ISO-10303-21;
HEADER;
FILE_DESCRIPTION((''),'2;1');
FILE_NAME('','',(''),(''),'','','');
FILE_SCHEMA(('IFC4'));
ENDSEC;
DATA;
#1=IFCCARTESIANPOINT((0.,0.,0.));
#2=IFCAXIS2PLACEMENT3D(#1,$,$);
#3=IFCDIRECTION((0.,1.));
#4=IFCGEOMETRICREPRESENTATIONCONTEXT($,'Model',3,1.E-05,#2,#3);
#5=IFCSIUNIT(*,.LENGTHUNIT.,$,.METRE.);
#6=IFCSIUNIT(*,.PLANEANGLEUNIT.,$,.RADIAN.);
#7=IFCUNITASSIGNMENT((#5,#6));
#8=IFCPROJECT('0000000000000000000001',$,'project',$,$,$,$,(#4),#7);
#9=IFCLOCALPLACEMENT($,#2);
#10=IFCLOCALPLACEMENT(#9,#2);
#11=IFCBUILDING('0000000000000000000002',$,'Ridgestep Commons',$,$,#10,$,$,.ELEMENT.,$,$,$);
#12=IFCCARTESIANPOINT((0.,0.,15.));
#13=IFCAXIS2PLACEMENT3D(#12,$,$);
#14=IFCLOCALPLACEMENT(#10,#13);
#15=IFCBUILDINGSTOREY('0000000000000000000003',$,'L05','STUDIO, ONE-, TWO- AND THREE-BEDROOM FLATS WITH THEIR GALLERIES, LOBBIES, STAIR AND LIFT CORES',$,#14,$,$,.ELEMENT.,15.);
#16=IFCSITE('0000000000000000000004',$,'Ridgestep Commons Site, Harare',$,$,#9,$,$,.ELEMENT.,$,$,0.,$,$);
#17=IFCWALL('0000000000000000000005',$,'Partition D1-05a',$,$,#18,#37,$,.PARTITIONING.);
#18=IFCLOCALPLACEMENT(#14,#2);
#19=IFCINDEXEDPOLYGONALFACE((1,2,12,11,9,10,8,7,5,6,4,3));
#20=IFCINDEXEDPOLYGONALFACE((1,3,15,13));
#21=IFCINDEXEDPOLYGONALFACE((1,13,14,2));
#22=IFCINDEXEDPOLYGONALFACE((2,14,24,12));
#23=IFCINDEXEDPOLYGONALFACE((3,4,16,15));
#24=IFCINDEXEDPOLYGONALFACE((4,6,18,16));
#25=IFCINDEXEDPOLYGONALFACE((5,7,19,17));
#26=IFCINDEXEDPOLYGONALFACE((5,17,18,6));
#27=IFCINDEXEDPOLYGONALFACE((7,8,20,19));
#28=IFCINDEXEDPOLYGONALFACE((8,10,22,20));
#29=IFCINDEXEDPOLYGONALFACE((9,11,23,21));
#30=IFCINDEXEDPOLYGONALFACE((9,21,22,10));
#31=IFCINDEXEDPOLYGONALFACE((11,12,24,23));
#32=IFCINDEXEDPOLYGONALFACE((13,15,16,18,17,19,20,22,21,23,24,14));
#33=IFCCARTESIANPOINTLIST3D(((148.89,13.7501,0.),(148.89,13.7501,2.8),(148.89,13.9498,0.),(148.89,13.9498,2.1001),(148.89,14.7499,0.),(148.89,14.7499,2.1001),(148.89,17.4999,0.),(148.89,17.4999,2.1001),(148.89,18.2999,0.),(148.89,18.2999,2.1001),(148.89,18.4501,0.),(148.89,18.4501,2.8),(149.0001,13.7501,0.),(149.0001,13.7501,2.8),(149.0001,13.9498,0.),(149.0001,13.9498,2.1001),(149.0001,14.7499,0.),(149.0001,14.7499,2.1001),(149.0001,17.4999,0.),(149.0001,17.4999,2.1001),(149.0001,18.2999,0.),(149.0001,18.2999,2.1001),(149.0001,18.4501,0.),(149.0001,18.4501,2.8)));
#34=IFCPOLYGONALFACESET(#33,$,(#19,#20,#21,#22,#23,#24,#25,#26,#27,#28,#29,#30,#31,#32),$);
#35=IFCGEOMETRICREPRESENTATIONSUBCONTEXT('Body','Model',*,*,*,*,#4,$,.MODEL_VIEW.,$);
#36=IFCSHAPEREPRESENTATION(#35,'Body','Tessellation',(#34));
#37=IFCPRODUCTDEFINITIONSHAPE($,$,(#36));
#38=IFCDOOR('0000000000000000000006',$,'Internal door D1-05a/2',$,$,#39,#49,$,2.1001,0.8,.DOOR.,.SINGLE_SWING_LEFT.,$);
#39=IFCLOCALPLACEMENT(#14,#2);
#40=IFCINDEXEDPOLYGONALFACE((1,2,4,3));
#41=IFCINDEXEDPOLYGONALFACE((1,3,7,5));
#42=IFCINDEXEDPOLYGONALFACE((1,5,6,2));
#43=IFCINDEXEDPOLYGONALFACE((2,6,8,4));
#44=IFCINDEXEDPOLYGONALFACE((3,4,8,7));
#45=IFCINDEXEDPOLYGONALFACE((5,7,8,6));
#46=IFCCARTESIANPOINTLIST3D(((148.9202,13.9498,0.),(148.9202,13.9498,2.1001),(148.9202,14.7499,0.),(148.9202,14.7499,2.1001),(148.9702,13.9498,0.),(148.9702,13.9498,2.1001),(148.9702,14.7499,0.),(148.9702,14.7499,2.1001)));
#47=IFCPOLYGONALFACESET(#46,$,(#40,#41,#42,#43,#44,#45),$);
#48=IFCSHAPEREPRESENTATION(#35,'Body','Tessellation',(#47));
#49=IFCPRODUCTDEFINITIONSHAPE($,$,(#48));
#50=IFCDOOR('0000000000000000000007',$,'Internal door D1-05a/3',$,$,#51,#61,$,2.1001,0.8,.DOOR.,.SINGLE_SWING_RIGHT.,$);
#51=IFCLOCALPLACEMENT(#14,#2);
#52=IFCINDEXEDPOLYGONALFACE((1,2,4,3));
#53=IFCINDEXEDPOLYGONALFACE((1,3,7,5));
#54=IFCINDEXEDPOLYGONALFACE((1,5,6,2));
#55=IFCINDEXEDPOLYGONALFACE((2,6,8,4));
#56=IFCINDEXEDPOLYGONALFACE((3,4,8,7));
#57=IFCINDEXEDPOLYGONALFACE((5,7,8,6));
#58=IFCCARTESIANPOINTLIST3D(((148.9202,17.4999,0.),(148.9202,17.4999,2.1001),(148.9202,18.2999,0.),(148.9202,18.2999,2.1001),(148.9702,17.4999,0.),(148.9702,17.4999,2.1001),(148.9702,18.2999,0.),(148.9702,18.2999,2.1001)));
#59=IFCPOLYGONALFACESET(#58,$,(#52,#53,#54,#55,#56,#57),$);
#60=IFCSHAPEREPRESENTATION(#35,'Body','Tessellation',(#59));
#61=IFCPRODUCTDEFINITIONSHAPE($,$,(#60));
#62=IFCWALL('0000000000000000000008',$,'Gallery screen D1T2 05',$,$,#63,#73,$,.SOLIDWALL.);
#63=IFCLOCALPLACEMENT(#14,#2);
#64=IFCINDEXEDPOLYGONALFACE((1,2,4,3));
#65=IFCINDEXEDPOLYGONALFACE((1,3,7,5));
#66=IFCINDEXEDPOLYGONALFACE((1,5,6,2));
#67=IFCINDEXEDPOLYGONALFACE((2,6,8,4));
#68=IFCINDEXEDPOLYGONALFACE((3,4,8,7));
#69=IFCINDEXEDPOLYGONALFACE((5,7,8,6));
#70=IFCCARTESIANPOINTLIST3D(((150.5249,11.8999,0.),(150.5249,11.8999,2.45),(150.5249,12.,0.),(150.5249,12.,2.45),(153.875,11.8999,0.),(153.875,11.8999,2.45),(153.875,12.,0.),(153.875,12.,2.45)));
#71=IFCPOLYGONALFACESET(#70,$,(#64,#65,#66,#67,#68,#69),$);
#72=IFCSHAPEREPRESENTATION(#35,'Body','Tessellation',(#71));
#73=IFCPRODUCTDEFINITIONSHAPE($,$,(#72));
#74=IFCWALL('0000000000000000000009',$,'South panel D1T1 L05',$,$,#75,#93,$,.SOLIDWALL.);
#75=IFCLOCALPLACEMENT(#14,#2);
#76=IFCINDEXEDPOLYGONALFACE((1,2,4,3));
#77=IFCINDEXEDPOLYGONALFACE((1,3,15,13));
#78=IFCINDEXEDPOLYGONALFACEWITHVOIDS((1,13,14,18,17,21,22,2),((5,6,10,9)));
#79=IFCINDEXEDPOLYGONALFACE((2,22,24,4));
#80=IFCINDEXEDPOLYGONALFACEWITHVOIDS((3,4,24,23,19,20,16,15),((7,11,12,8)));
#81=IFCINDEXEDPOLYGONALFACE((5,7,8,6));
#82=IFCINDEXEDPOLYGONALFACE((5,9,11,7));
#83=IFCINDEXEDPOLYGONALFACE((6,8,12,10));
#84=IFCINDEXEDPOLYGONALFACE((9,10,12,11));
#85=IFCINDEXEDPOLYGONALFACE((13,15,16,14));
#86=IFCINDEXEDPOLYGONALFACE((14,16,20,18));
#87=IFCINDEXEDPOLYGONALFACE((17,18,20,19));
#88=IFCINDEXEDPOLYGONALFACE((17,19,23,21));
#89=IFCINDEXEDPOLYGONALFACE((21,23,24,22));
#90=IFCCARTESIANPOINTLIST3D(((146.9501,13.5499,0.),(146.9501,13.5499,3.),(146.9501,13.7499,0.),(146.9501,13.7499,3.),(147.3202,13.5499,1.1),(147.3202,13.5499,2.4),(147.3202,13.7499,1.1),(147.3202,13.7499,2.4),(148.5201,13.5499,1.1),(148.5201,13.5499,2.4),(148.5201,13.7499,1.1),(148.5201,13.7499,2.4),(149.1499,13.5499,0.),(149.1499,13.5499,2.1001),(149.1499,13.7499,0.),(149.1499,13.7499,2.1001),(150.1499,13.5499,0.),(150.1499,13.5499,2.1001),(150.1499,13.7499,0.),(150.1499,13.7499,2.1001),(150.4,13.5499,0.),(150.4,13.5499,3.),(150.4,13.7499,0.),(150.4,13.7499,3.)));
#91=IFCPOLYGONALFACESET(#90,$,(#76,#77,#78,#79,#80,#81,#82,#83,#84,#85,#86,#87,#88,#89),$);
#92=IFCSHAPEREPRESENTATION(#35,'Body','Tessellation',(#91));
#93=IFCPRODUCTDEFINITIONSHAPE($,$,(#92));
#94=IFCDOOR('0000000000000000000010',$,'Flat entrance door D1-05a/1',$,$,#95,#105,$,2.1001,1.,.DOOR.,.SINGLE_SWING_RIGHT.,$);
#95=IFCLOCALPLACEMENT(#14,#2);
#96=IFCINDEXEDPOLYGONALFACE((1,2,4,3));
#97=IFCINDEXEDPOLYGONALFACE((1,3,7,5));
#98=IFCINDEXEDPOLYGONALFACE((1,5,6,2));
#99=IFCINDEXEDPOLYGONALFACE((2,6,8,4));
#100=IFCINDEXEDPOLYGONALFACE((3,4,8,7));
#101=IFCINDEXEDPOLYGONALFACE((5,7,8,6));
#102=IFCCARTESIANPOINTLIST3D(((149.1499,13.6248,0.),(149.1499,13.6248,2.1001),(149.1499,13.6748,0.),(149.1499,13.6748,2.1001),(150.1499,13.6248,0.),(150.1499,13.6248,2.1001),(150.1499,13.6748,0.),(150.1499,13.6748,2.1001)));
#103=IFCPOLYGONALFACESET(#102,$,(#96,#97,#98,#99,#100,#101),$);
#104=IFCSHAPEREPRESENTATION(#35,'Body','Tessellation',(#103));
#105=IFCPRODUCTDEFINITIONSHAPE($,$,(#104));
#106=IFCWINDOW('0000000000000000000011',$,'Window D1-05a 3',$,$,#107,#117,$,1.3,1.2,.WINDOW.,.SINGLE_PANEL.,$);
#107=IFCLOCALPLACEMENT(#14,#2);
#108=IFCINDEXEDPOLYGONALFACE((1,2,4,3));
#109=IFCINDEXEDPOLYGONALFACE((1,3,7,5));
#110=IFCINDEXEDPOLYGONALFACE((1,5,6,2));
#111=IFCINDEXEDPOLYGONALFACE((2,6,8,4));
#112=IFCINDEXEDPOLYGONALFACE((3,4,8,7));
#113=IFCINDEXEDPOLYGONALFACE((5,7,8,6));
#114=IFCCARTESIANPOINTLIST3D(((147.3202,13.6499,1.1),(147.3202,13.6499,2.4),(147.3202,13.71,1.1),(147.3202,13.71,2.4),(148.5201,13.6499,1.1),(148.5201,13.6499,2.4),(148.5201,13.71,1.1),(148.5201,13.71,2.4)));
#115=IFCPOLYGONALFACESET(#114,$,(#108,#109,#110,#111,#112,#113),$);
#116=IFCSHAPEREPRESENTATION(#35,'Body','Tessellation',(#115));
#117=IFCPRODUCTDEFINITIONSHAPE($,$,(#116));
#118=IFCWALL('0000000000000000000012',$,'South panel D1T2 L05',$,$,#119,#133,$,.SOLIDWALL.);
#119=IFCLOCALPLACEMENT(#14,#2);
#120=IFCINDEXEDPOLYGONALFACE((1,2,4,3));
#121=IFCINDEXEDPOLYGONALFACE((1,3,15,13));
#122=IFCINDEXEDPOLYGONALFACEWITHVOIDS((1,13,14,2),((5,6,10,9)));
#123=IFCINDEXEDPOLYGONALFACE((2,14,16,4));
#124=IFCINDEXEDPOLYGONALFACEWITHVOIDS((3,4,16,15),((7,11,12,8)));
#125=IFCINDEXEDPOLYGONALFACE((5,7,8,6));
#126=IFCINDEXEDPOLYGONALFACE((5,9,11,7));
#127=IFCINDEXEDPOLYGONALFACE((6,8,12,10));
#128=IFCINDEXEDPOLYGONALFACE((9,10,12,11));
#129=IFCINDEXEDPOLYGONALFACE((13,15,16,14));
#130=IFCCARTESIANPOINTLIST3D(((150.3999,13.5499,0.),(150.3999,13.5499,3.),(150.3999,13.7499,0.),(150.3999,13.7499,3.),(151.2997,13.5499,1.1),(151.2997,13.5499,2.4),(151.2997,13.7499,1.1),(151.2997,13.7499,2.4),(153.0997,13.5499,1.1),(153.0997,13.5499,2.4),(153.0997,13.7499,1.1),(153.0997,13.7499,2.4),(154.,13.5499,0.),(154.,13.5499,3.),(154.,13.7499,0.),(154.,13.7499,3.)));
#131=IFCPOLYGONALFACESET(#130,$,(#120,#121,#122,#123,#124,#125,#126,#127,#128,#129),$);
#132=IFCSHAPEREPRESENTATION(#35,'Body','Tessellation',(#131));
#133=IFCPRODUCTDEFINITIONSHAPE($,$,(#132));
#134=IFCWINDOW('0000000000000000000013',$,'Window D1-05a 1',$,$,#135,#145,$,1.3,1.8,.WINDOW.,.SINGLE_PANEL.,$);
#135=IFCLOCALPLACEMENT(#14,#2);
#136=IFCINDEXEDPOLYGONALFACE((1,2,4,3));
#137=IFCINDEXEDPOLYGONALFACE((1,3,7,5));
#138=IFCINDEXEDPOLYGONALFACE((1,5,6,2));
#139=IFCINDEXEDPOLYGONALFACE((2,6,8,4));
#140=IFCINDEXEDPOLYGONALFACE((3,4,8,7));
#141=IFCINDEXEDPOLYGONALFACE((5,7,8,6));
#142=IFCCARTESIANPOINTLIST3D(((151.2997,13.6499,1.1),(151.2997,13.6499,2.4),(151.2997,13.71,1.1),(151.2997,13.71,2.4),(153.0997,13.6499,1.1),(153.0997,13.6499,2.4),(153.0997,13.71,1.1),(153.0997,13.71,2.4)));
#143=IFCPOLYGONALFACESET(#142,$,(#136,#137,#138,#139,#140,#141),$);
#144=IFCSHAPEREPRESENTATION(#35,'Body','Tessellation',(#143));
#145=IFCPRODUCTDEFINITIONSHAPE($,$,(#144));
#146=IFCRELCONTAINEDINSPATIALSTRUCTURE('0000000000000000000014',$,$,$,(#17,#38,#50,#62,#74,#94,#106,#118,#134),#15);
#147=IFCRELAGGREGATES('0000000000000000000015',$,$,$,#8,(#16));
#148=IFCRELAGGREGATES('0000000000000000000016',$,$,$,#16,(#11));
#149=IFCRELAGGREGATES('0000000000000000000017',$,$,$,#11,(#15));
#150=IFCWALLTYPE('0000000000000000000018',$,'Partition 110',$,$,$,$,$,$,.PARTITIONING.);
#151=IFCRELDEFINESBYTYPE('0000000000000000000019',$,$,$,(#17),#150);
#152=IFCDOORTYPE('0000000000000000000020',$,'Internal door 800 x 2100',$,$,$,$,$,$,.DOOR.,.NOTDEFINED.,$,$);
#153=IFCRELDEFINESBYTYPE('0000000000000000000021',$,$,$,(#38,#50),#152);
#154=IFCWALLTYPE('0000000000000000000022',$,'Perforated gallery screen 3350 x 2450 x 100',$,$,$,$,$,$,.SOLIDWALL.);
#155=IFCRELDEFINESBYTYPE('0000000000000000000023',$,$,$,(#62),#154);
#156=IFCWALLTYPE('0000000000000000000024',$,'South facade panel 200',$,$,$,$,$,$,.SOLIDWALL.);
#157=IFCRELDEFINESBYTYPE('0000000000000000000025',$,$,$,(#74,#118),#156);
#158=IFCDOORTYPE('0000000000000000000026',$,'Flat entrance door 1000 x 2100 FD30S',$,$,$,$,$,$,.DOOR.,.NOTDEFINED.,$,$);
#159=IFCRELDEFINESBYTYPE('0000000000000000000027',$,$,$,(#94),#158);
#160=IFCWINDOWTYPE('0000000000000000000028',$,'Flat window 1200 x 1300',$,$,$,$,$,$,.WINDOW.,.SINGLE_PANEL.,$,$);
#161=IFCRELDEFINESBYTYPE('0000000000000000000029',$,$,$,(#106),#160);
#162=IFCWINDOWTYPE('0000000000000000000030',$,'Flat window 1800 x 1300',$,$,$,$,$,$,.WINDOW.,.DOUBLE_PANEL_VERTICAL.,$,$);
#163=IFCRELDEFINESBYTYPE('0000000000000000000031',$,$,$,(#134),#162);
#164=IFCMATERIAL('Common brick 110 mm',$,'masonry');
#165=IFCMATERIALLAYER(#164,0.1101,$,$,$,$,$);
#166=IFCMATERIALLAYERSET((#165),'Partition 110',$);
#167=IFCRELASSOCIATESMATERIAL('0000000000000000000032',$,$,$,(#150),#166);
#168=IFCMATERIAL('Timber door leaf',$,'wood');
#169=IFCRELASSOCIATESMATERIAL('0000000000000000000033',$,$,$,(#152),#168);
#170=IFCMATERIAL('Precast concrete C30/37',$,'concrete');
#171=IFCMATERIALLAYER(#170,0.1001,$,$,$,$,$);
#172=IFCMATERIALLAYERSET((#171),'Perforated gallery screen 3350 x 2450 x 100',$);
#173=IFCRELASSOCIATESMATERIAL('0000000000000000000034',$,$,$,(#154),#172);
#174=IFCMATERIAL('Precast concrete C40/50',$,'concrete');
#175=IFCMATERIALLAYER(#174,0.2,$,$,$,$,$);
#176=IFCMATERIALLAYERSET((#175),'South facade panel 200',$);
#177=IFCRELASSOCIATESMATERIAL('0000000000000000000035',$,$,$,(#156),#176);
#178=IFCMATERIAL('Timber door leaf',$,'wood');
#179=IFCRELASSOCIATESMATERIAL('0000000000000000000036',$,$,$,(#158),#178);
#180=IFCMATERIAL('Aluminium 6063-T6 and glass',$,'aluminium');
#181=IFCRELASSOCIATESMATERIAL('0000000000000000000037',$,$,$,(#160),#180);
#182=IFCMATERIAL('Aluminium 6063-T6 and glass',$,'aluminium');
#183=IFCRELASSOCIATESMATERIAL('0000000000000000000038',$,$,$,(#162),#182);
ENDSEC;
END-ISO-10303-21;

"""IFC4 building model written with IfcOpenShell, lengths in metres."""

from ifc_helpers import new_model, si_unit, direction, frame, frame_2d, origin, place, context, subcontext, project, spatial, rectangle, extrude, material, layer, layer_set, type_object, element, fill, save


model = new_model("IFC4")

# Units and contexts
model_context = context("Model", 3, precision=1e-05, world=origin(), true_north=direction((0.0, 1.0)))
body_context = subcontext(model_context, "Body", "Model", "MODEL_VIEW")
ifc_project = project(units=[si_unit("LENGTHUNIT", "METRE"), si_unit("PLANEANGLEUNIT", "RADIAN")], contexts=[model_context])

# Site, building, storey
site_placement = place(None, origin())
site = spatial("IfcSite", under=ifc_project, at=site_placement, Name="Ridgestep Commons Site, Harare", CompositionType="ELEMENT", RefElevation=0.0)
building_placement = place(site_placement, origin())
building = spatial("IfcBuilding", under=site, at=building_placement, Name="Ridgestep Commons", CompositionType="ELEMENT")
storey_placement = place(building_placement, frame((0.0, 0.0, 15.0)))
storey = spatial("IfcBuildingStorey", under=building, at=storey_placement, Name="L05", Description="STUDIO, ONE-, TWO- AND THREE-BEDROOM FLATS WITH THEIR GALLERIES, LOBBIES, STAIR AND LIFT CORES", CompositionType="ELEMENT", Elevation=15.0)

# Wall, openings, doors
ifc_material_1 = material(Name="Common brick 110 mm", Category="masonry")
ifc_layer_1 = layer(ifc_material_1, 0.1101)
ifc_layer_set_1 = layer_set([ifc_layer_1], Name="Partition 110")
wall_type_1 = type_object("IfcWallType", Name="Partition 110", PredefinedType="PARTITIONING", material=ifc_layer_set_1)
wall_1_placement = place(storey_placement, frame((148.9451, 13.75, 0.0), z_axis=(0.0, 0.0, 1.0), x_axis=(0.0, 1.0, 0.0)))
wall_1 = element("IfcWall", 1, at=wall_1_placement, inside=storey, type_object=wall_type_1, Name="Partition D1-05a", PredefinedType="PARTITIONING", context=body_context, shape_type="SweptSolid", body=[
    extrude(rectangle(XDim=4.7, YDim=0.1101, at=frame_2d((2.3501, 0.0))), origin(), (0.0, 0.0, 1.0), 2.8),
])
opening_1_placement = place(wall_1_placement, frame((0.2, 0.0, 0.0)))
opening_1 = element("IfcOpeningElement", 2, at=opening_1_placement, cuts=wall_1, PredefinedType="OPENING", context=body_context, shape_type="SweptSolid", body=[
    extrude(rectangle(XDim=0.8, YDim=2.1001, at=frame_2d((0.3999, 1.05))), frame((0.0, 0.0649, 0.0), z_axis=(0.0, -1.0, 0.0), x_axis=(1.0, 0.0, 0.0)), (0.0, 0.0, 1.0), 0.1301),
])
opening_2_placement = place(wall_1_placement, frame((3.75, 0.0, 0.0)))
opening_2 = element("IfcOpeningElement", 3, at=opening_2_placement, cuts=wall_1, PredefinedType="OPENING", context=body_context, shape_type="SweptSolid", body=[
    extrude(rectangle(XDim=0.8, YDim=2.1001, at=frame_2d((0.3999, 1.05))), frame((0.0, 0.0649, 0.0), z_axis=(0.0, -1.0, 0.0), x_axis=(1.0, 0.0, 0.0)), (0.0, 0.0, 1.0), 0.1301),
])
ifc_material_2 = material(Name="Timber door leaf", Category="wood")
door_type_1 = type_object("IfcDoorType", Name="Internal door 800 x 2100", OperationType="NOTDEFINED", PredefinedType="DOOR", material=ifc_material_2)
door_1_placement = place(opening_1_placement, origin())
door_1 = element("IfcDoor", 4, at=door_1_placement, inside=storey, type_object=door_type_1, Name="Internal door D1-05a/2", OperationType="SINGLE_SWING_LEFT", OverallHeight=2.1001, OverallWidth=0.8, PredefinedType="DOOR", context=body_context, shape_type="SweptSolid", body=[
    extrude(rectangle(XDim=0.8, YDim=2.1001, at=frame_2d((0.3999, 1.05))), frame((0.0, 0.0249, 0.0), z_axis=(0.0, -1.0, 0.0), x_axis=(1.0, 0.0, 0.0)), (0.0, 0.0, 1.0), 0.05),
])
fill(opening_1, door_1)
door_2_placement = place(opening_2_placement, origin())
door_2 = element("IfcDoor", 5, at=door_2_placement, inside=storey, type_object=door_type_1, Name="Internal door D1-05a/3", OperationType="SINGLE_SWING_RIGHT", OverallHeight=2.1001, OverallWidth=0.8, PredefinedType="DOOR", context=body_context, shape_type="SweptSolid", body=[
    extrude(rectangle(XDim=0.8, YDim=2.1001, at=frame_2d((0.3999, 1.05))), frame((0.0, 0.0249, 0.0), z_axis=(0.0, -1.0, 0.0), x_axis=(1.0, 0.0, 0.0)), (0.0, 0.0, 1.0), 0.05),
])
fill(opening_2, door_2)

# Wall
ifc_material_3 = material(Name="Precast concrete C30/37", Category="concrete")
ifc_layer_2 = layer(ifc_material_3, 0.1001)
ifc_layer_set_2 = layer_set([ifc_layer_2], Name="Perforated gallery screen 3350 x 2450 x 100")
wall_type_2 = type_object("IfcWallType", Name="Perforated gallery screen 3350 x 2450 x 100", PredefinedType="SOLIDWALL", material=ifc_layer_set_2)
wall_2_placement = place(storey_placement, frame((150.5249, 11.95, 0.0), z_axis=(0.0, 0.0, 1.0), x_axis=(1.0, 0.0, 0.0)))
element("IfcWall", 6, at=wall_2_placement, inside=storey, type_object=wall_type_2, Name="Gallery screen D1T2 05", PredefinedType="SOLIDWALL", context=body_context, shape_type="SweptSolid", body=[
    extrude(rectangle(XDim=3.3501, YDim=0.1001, at=frame_2d((1.675, 0.0))), origin(), (0.0, 0.0, 1.0), 2.45),
])

# Wall, openings, door, window
ifc_material_4 = material(Name="Precast concrete C40/50", Category="concrete")
ifc_layer_3 = layer(ifc_material_4, 0.2)
ifc_layer_set_3 = layer_set([ifc_layer_3], Name="South facade panel 200")
wall_type_3 = type_object("IfcWallType", Name="South facade panel 200", PredefinedType="SOLIDWALL", material=ifc_layer_set_3)
wall_3_placement = place(storey_placement, frame((146.95, 13.6499, 0.0), z_axis=(0.0, 0.0, 1.0), x_axis=(1.0, 0.0, 0.0)))
wall_3 = element("IfcWall", 7, at=wall_3_placement, inside=storey, type_object=wall_type_3, Name="South panel D1T1 L05", PredefinedType="SOLIDWALL", context=body_context, shape_type="SweptSolid", body=[
    extrude(rectangle(XDim=3.45, YDim=0.2, at=frame_2d((1.7251, 0.0))), origin(), (0.0, 0.0, 1.0), 3.0),
])
opening_3_placement = place(wall_3_placement, frame((0.3701, 0.0, 1.1001)))
opening_3 = element("IfcOpeningElement", 8, at=opening_3_placement, cuts=wall_3, PredefinedType="OPENING", context=body_context, shape_type="SweptSolid", body=[
    extrude(rectangle(XDim=1.2, YDim=1.3, at=frame_2d((0.6001, 0.6499))), frame((0.0, 0.1099, 0.0), z_axis=(0.0, -1.0, 0.0), x_axis=(1.0, 0.0, 0.0)), (0.0, 0.0, 1.0), 0.22),
])
opening_4_placement = place(wall_3_placement, frame((2.2, 0.0, 0.0)))
opening_4 = element("IfcOpeningElement", 9, at=opening_4_placement, cuts=wall_3, PredefinedType="OPENING", context=body_context, shape_type="SweptSolid", body=[
    extrude(rectangle(XDim=1.0, YDim=2.1001, at=frame_2d((0.5, 1.05))), frame((0.0, 0.1099, 0.0), z_axis=(0.0, -1.0, 0.0), x_axis=(1.0, 0.0, 0.0)), (0.0, 0.0, 1.0), 0.22),
])
ifc_material_5 = material(Name="Timber door leaf", Category="wood")
door_type_2 = type_object("IfcDoorType", Name="Flat entrance door 1000 x 2100 FD30S", OperationType="NOTDEFINED", PredefinedType="DOOR", material=ifc_material_5)
door_3_placement = place(opening_4_placement, origin())
door_3 = element("IfcDoor", 10, at=door_3_placement, inside=storey, type_object=door_type_2, Name="Flat entrance door D1-05a/1", OperationType="SINGLE_SWING_RIGHT", OverallHeight=2.1001, OverallWidth=1.0, PredefinedType="DOOR", context=body_context, shape_type="SweptSolid", body=[
    extrude(rectangle(XDim=1.0, YDim=2.1001, at=frame_2d((0.5, 1.05))), frame((0.0, 0.0249, 0.0), z_axis=(0.0, -1.0, 0.0), x_axis=(1.0, 0.0, 0.0)), (0.0, 0.0, 1.0), 0.05),
])
fill(opening_4, door_3)
ifc_material_6 = material(Name="Aluminium 6063-T6 and glass", Category="aluminium")
window_type_1 = type_object("IfcWindowType", Name="Flat window 1200 x 1300", PartitioningType="SINGLE_PANEL", PredefinedType="WINDOW", material=ifc_material_6)
window_1_placement = place(opening_3_placement, origin())
window_1 = element("IfcWindow", 11, at=window_1_placement, inside=storey, type_object=window_type_1, Name="Window D1-05a 3", OverallHeight=1.3, OverallWidth=1.2, PartitioningType="SINGLE_PANEL", PredefinedType="WINDOW", context=body_context, shape_type="SweptSolid", body=[
    extrude(rectangle(XDim=1.2, YDim=1.3, at=frame_2d((0.6001, 0.6499))), frame((0.0, 0.0601, 0.0), z_axis=(0.0, -1.0, 0.0), x_axis=(1.0, 0.0, 0.0)), (0.0, 0.0, 1.0), 0.0601),
])
fill(opening_3, window_1)

# Wall, opening, window
wall_4_placement = place(storey_placement, frame((150.3999, 13.6499, 0.0), z_axis=(0.0, 0.0, 1.0), x_axis=(1.0, 0.0, 0.0)))
wall_4 = element("IfcWall", 12, at=wall_4_placement, inside=storey, type_object=wall_type_3, Name="South panel D1T2 L05", PredefinedType="SOLIDWALL", context=body_context, shape_type="SweptSolid", body=[
    extrude(rectangle(XDim=3.6001, YDim=0.2, at=frame_2d((1.8, 0.0))), origin(), (0.0, 0.0, 1.0), 3.0),
])
opening_5_placement = place(wall_4_placement, frame((0.8999, 0.0, 1.1001)))
opening_5 = element("IfcOpeningElement", 13, at=opening_5_placement, cuts=wall_4, PredefinedType="OPENING", context=body_context, shape_type="SweptSolid", body=[
    extrude(rectangle(XDim=1.8, YDim=1.3, at=frame_2d((0.8999, 0.6499))), frame((0.0, 0.1099, 0.0), z_axis=(0.0, -1.0, 0.0), x_axis=(1.0, 0.0, 0.0)), (0.0, 0.0, 1.0), 0.22),
])
ifc_material_7 = material(Name="Aluminium 6063-T6 and glass", Category="aluminium")
window_type_2 = type_object("IfcWindowType", Name="Flat window 1800 x 1300", PartitioningType="DOUBLE_PANEL_VERTICAL", PredefinedType="WINDOW", material=ifc_material_7)
window_2_placement = place(opening_5_placement, origin())
window_2 = element("IfcWindow", 14, at=window_2_placement, inside=storey, type_object=window_type_2, Name="Window D1-05a 1", OverallHeight=1.3, OverallWidth=1.8, PartitioningType="SINGLE_PANEL", PredefinedType="WINDOW", context=body_context, shape_type="SweptSolid", body=[
    extrude(rectangle(XDim=1.8, YDim=1.3, at=frame_2d((0.8999, 0.6499))), frame((0.0, 0.0601, 0.0), z_axis=(0.0, -1.0, 0.0), x_axis=(1.0, 0.0, 0.0)), (0.0, 0.0, 1.0), 0.0601),
])
fill(opening_5, window_2)

save(model, "model.ifc")
